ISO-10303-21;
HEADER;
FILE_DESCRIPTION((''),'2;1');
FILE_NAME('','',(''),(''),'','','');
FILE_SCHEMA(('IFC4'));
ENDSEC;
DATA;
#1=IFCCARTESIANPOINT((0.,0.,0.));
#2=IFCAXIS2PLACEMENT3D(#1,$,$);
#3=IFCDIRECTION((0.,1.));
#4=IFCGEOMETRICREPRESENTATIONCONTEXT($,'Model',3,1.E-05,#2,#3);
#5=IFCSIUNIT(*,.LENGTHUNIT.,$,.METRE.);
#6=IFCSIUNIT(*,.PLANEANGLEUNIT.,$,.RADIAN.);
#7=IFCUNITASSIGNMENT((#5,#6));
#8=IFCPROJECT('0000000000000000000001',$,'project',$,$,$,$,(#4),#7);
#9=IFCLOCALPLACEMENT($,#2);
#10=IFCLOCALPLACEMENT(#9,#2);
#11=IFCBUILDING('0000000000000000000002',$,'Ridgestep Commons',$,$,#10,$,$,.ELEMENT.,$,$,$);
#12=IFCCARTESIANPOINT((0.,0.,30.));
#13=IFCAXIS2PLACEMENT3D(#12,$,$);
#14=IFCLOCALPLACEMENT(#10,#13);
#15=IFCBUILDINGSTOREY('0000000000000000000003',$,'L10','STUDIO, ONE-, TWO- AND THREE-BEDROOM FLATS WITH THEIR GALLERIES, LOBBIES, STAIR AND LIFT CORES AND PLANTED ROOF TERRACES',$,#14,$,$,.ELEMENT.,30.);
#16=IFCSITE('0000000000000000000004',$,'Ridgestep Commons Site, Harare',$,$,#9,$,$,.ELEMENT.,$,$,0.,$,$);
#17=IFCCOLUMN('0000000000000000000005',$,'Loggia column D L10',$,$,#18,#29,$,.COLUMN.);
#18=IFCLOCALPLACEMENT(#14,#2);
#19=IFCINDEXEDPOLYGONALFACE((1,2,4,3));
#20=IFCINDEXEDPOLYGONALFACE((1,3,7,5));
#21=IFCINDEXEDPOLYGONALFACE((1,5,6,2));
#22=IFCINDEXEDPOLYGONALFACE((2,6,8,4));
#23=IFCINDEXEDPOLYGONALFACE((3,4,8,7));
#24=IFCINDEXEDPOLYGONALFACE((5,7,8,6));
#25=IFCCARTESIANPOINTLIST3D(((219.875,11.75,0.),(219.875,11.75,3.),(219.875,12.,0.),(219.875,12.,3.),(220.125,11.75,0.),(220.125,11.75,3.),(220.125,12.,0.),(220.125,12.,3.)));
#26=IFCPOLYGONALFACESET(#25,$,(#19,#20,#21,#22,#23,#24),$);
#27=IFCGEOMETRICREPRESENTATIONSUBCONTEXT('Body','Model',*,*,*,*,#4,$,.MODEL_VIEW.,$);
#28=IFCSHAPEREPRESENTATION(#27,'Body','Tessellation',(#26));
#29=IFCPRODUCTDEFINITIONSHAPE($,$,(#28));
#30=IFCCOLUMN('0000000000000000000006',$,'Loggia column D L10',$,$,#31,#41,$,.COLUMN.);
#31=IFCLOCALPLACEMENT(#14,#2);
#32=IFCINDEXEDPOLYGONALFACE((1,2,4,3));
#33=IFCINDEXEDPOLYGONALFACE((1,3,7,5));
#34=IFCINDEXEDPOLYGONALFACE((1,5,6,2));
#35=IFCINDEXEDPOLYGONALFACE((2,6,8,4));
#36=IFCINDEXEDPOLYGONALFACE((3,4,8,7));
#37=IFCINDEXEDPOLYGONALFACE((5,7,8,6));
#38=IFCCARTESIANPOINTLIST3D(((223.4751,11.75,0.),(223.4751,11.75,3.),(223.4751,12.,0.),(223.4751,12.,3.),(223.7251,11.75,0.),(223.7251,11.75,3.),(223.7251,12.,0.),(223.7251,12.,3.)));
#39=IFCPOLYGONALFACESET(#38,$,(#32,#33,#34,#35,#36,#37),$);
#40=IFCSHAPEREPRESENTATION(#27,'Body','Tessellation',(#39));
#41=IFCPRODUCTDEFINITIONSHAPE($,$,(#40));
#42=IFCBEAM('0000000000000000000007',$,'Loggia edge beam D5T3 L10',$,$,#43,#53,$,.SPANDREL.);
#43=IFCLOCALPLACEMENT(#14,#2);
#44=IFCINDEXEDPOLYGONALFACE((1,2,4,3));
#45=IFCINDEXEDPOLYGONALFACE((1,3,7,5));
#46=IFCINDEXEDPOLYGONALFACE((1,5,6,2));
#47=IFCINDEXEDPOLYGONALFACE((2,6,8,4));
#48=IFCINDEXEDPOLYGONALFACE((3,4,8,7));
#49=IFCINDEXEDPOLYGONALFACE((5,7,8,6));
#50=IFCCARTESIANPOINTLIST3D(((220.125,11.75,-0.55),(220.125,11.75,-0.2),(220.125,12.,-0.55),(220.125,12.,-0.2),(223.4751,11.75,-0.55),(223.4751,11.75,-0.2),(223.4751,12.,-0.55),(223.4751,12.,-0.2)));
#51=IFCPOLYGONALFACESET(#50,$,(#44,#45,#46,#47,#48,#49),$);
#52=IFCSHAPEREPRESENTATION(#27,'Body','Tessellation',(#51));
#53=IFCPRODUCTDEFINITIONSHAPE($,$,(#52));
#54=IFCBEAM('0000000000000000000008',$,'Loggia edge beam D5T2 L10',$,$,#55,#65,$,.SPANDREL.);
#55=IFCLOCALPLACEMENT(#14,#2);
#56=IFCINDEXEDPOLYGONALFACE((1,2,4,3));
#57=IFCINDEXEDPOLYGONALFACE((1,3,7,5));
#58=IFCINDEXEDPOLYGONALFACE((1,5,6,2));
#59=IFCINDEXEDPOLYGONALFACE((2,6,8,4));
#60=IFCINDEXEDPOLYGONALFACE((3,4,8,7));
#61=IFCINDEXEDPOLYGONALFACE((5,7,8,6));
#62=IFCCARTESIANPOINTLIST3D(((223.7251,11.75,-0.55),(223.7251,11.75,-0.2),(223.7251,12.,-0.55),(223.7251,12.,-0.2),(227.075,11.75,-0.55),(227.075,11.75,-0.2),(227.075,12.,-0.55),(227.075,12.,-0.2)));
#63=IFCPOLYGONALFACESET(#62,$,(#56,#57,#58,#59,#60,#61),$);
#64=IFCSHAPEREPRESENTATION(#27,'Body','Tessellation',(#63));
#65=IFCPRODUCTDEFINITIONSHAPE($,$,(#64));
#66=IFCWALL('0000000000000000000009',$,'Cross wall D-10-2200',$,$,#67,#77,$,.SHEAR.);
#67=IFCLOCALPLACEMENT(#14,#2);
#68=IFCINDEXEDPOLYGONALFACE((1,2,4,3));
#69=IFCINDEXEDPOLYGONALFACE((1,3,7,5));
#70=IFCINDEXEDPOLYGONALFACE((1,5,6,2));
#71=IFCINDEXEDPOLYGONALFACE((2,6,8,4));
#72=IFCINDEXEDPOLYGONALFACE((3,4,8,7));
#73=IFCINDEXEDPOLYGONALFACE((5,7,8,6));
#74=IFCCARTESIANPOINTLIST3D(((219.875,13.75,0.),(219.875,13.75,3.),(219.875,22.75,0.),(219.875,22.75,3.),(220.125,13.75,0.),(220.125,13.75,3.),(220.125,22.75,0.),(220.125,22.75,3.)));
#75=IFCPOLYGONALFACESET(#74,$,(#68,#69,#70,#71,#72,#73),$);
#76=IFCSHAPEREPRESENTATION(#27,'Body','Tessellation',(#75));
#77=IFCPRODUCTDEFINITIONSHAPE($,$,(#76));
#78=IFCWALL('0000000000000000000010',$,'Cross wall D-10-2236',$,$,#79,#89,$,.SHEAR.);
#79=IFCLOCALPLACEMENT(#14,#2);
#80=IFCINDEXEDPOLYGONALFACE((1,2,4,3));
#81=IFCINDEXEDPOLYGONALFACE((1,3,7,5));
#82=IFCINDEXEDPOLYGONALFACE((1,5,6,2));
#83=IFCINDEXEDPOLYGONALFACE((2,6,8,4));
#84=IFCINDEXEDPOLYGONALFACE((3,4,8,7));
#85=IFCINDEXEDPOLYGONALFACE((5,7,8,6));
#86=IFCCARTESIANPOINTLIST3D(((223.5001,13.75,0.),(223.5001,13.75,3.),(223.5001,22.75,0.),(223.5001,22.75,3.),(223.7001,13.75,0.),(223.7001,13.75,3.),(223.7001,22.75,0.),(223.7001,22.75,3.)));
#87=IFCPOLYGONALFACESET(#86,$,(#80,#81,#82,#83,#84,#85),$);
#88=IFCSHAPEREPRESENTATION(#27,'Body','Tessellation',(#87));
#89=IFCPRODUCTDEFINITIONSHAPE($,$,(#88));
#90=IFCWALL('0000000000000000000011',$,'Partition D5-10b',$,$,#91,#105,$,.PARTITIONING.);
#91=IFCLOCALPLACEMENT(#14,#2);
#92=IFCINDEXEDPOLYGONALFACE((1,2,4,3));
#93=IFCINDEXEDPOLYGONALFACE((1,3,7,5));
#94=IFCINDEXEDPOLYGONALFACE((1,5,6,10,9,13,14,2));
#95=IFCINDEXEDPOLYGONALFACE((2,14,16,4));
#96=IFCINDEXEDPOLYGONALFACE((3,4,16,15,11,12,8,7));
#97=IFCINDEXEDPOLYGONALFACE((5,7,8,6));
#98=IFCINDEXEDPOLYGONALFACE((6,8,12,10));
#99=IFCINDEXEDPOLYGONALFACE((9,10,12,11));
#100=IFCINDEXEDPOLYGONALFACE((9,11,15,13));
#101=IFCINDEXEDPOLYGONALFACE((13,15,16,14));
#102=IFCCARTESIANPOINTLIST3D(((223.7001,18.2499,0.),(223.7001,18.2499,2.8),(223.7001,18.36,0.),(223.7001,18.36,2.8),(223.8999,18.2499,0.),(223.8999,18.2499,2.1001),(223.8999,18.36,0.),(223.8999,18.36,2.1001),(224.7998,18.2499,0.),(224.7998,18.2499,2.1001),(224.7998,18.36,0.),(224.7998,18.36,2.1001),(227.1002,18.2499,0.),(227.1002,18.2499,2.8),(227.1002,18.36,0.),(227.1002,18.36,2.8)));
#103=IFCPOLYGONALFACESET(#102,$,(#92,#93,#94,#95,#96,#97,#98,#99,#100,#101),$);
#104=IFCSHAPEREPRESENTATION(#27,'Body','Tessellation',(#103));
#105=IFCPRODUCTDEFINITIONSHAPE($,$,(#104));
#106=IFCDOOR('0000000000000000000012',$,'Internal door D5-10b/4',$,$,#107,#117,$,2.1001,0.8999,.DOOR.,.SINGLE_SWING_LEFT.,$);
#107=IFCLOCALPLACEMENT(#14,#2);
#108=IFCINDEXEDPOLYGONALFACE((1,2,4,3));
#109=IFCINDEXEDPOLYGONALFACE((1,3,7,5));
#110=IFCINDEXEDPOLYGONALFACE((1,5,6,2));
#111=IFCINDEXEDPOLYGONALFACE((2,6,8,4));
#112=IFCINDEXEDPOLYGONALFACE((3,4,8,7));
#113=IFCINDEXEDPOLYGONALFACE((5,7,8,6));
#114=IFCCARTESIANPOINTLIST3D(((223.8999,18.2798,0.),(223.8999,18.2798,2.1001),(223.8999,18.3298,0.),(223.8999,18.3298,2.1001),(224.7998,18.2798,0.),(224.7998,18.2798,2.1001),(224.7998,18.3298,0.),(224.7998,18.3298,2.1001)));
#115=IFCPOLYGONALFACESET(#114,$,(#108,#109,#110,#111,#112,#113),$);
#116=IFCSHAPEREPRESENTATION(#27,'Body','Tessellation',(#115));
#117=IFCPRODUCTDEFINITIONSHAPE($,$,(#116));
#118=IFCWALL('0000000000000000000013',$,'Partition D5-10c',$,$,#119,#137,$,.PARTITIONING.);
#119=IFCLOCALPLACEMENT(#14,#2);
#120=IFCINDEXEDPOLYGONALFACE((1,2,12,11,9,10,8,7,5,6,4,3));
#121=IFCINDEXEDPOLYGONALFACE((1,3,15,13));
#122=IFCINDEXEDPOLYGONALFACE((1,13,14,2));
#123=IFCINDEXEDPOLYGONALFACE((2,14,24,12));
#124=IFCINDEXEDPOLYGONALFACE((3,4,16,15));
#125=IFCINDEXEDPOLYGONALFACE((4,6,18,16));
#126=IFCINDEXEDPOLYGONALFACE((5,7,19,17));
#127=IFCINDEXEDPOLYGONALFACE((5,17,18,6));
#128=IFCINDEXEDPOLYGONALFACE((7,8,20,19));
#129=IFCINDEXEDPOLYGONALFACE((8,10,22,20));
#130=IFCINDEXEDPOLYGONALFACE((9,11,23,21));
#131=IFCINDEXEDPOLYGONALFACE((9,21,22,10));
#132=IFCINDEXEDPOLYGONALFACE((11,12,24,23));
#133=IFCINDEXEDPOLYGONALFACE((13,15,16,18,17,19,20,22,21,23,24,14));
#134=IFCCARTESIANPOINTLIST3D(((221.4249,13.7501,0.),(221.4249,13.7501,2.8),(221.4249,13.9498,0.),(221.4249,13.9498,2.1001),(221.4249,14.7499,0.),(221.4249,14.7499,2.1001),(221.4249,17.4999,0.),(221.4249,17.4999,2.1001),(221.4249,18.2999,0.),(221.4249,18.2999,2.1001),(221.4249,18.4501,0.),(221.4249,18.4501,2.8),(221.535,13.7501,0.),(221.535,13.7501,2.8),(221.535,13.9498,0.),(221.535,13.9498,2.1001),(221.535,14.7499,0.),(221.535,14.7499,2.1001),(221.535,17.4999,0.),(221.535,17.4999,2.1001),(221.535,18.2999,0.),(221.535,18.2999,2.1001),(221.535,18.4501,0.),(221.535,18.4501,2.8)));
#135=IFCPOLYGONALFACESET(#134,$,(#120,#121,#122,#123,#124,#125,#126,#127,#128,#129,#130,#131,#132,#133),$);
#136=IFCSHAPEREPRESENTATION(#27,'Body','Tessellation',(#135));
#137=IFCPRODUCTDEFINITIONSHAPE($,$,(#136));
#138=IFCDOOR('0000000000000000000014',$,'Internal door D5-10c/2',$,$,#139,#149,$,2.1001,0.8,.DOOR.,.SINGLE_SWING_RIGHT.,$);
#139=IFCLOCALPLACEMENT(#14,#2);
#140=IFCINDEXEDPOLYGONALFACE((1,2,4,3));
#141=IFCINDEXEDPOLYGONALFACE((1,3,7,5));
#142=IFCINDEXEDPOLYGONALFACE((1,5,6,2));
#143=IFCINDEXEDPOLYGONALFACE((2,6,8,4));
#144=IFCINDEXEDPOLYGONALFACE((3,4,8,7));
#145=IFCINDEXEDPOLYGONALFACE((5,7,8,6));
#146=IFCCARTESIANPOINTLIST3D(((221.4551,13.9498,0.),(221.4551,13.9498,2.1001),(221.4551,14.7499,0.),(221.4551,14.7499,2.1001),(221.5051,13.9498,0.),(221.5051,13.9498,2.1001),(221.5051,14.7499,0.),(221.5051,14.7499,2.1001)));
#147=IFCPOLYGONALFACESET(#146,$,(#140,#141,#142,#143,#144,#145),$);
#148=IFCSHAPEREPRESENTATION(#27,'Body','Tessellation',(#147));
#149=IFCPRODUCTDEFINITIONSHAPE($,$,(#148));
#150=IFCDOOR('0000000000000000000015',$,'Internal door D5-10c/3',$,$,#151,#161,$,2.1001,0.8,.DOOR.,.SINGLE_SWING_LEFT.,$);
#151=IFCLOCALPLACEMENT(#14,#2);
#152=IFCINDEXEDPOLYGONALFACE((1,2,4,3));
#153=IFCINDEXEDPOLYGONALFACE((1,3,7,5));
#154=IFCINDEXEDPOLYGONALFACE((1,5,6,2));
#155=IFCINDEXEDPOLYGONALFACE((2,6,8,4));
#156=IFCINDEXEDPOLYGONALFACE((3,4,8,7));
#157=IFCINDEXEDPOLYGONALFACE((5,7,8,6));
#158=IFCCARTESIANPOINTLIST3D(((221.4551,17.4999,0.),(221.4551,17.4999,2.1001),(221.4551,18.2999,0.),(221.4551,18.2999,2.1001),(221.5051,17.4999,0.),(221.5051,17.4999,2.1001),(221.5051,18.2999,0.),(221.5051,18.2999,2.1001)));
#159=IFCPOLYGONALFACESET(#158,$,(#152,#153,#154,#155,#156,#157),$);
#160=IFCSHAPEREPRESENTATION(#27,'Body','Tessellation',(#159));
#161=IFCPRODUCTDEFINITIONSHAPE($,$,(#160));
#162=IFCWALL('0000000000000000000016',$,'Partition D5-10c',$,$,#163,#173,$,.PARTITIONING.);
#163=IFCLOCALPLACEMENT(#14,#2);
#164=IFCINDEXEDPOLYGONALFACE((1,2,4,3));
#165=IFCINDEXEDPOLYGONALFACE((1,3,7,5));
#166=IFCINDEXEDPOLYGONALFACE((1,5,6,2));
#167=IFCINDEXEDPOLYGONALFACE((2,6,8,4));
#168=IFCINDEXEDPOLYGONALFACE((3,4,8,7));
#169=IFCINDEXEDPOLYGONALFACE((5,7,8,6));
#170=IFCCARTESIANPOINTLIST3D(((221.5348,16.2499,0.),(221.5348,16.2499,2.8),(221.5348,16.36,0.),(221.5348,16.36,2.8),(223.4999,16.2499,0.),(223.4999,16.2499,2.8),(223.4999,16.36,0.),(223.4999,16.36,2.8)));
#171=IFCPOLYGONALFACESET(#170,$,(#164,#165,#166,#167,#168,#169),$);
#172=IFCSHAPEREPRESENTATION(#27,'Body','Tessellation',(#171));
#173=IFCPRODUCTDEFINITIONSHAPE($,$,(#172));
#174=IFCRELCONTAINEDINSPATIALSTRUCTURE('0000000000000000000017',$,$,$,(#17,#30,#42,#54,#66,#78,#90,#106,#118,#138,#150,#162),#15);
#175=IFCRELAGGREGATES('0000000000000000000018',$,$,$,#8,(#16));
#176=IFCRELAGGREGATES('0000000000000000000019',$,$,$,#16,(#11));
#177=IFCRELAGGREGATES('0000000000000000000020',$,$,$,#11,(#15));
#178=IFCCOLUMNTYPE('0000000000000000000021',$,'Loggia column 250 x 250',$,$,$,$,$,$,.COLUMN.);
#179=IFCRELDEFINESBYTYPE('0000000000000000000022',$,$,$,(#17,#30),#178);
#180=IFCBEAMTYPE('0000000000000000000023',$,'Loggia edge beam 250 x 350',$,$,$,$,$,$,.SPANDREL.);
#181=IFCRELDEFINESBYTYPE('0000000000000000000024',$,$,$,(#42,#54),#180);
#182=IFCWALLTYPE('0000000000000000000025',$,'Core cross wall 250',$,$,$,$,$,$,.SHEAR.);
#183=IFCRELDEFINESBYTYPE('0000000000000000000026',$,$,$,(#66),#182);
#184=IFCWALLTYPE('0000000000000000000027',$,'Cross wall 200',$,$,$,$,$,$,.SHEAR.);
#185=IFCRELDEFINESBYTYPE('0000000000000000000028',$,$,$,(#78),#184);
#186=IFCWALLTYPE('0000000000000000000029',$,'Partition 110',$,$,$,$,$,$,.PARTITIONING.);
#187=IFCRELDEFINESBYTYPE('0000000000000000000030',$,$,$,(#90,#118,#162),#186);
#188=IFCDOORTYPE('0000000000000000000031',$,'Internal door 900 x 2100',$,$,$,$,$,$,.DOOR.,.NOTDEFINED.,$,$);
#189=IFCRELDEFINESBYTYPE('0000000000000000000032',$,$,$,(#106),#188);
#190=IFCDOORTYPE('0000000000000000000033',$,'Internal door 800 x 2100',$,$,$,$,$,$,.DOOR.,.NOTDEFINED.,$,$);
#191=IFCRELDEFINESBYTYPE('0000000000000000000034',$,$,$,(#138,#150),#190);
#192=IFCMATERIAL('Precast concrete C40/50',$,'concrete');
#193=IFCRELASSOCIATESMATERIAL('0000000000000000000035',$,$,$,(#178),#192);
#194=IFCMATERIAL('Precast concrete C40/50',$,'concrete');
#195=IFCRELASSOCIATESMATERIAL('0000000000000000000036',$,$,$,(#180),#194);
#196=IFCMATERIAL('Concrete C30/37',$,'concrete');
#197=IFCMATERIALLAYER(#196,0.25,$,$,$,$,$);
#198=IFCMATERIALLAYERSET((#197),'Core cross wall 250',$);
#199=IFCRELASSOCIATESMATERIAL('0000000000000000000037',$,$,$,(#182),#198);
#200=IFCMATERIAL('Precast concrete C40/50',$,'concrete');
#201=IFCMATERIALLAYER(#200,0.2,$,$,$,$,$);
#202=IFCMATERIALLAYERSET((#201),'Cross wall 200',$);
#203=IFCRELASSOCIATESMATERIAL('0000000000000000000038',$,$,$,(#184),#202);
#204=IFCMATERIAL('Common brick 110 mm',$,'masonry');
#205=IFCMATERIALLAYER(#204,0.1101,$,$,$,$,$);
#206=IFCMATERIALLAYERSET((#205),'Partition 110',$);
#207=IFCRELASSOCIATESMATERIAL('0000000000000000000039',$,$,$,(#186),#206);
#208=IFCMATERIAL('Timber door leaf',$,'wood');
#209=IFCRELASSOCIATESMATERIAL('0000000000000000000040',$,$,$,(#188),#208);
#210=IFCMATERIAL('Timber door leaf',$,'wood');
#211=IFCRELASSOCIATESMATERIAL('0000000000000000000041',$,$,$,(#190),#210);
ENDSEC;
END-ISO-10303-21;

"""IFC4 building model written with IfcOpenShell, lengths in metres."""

from ifc_helpers import new_model, si_unit, direction, frame, frame_2d, origin, origin_2d, place, context, subcontext, project, spatial, rectangle, extrude, material, layer, layer_set, material_profile, profile_set, type_object, element, fill, save


model = new_model("IFC4")

# Units and contexts
model_context = context("Model", 3, precision=1e-05, world=origin(), true_north=direction((0.0, 1.0)))
body_context = subcontext(model_context, "Body", "Model", "MODEL_VIEW")
ifc_project = project(units=[si_unit("LENGTHUNIT", "METRE"), si_unit("PLANEANGLEUNIT", "RADIAN")], contexts=[model_context])

# Site, building, storey
site_placement = place(None, origin())
site = spatial("IfcSite", under=ifc_project, at=site_placement, Name="Ridgestep Commons Site, Harare", CompositionType="ELEMENT", RefElevation=0.0)
building_placement = place(site_placement, origin())
building = spatial("IfcBuilding", under=site, at=building_placement, Name="Ridgestep Commons", CompositionType="ELEMENT")
storey_placement = place(building_placement, frame((0.0, 0.0, 30.0)))
storey = spatial("IfcBuildingStorey", under=building, at=storey_placement, Name="L10", Description="STUDIO, ONE-, TWO- AND THREE-BEDROOM FLATS WITH THEIR GALLERIES, LOBBIES, STAIR AND LIFT CORES AND PLANTED ROOF TERRACES", CompositionType="ELEMENT", Elevation=30.0)

# Columns
ifc_material_1 = material(Name="Precast concrete C40/50", Category="concrete")
ifc_material_profile_1 = material_profile(ifc_material_1, rectangle(XDim=0.25, YDim=0.25, at=origin_2d()), Name="PC 250x250")
ifc_profile_set_1 = profile_set([ifc_material_profile_1], Name="Precast concrete C40/50")
column_type = type_object("IfcColumnType", Name="Loggia column 250 x 250", PredefinedType="COLUMN", material=ifc_profile_set_1)
for number, where, z_axis, x_axis, name in (
    (1, (220.0, 11.875, 0.0), (0.0, 0.0, 1.0), (1.0, 0.0, 0.0), "Loggia column D L10"),
    (2, (223.6001, 11.875, 0.0), (0.0, 0.0, 1.0), (1.0, 0.0, 0.0), "Loggia column D L10"),
):
    element("IfcColumn", number, at=place(storey_placement, frame(where, z_axis=z_axis, x_axis=x_axis)), inside=storey, type_object=column_type, Name=name, PredefinedType="COLUMN", context=body_context, shape_type="SweptSolid", body=[
        extrude(rectangle(XDim=0.25, YDim=0.25, at=origin_2d()), origin(), (0.0, 0.0, 1.0), 3.0),
    ])

# Beams
ifc_material_2 = material(Name="Precast concrete C40/50", Category="concrete")
ifc_material_profile_2 = material_profile(ifc_material_2, rectangle(XDim=0.25, YDim=0.3501, at=origin_2d()), Name="PC 250x350")
ifc_profile_set_2 = profile_set([ifc_material_profile_2], Name="Precast concrete C40/50")
beam_type = type_object("IfcBeamType", Name="Loggia edge beam 250 x 350", PredefinedType="SPANDREL", material=ifc_profile_set_2)
beam_1_placement = place(storey_placement, frame((220.125, 11.875, -0.375), z_axis=(1.0, 0.0, 0.0), x_axis=(0.0, 1.0, 0.0)))
element("IfcBeam", 3, at=beam_1_placement, inside=storey, type_object=beam_type, Name="Loggia edge beam D5T3 L10", PredefinedType="SPANDREL", context=body_context, shape_type="SweptSolid", body=[
    extrude(rectangle(XDim=0.25, YDim=0.3501, at=origin_2d()), origin(), (0.0, 0.0, 1.0), 3.3501),
])
beam_2_placement = place(storey_placement, frame((223.7251, 11.875, -0.375), z_axis=(1.0, 0.0, 0.0), x_axis=(0.0, 1.0, 0.0)))
element("IfcBeam", 4, at=beam_2_placement, inside=storey, type_object=beam_type, Name="Loggia edge beam D5T2 L10", PredefinedType="SPANDREL", context=body_context, shape_type="SweptSolid", body=[
    extrude(rectangle(XDim=0.25, YDim=0.3501, at=origin_2d()), origin(), (0.0, 0.0, 1.0), 3.3499),
])

# Walls
ifc_material_3 = material(Name="Concrete C30/37", Category="concrete")
ifc_layer_1 = layer(ifc_material_3, 0.25)
ifc_layer_set_1 = layer_set([ifc_layer_1], Name="Core cross wall 250")
wall_type_1 = type_object("IfcWallType", Name="Core cross wall 250", PredefinedType="SHEAR", material=ifc_layer_set_1)
wall_1_placement = place(storey_placement, frame((220.0, 13.75, 0.0), z_axis=(0.0, 0.0, 1.0), x_axis=(0.0, 1.0, 0.0)))
element("IfcWall", 5, at=wall_1_placement, inside=storey, type_object=wall_type_1, Name="Cross wall D-10-2200", PredefinedType="SHEAR", context=body_context, shape_type="SweptSolid", body=[
    extrude(rectangle(XDim=9.0, YDim=0.25, at=frame_2d((4.5, 0.0))), origin(), (0.0, 0.0, 1.0), 3.0),
])
ifc_material_4 = material(Name="Precast concrete C40/50", Category="concrete")
ifc_layer_2 = layer(ifc_material_4, 0.2)
ifc_layer_set_2 = layer_set([ifc_layer_2], Name="Cross wall 200")
wall_type_2 = type_object("IfcWallType", Name="Cross wall 200", PredefinedType="SHEAR", material=ifc_layer_set_2)
wall_2_placement = place(storey_placement, frame((223.6001, 13.75, 0.0), z_axis=(0.0, 0.0, 1.0), x_axis=(0.0, 1.0, 0.0)))
element("IfcWall", 6, at=wall_2_placement, inside=storey, type_object=wall_type_2, Name="Cross wall D-10-2236", PredefinedType="SHEAR", context=body_context, shape_type="SweptSolid", body=[
    extrude(rectangle(XDim=9.0, YDim=0.2, at=frame_2d((4.5, 0.0))), origin(), (0.0, 0.0, 1.0), 3.0),
])

# Wall, opening, door
ifc_material_5 = material(Name="Common brick 110 mm", Category="masonry")
ifc_layer_3 = layer(ifc_material_5, 0.1101)
ifc_layer_set_3 = layer_set([ifc_layer_3], Name="Partition 110")
wall_type_3 = type_object("IfcWallType", Name="Partition 110", PredefinedType="PARTITIONING", material=ifc_layer_set_3)
wall_3_placement = place(storey_placement, frame((223.7, 18.3049, 0.0), z_axis=(0.0, 0.0, 1.0), x_axis=(1.0, 0.0, 0.0)))
wall_3 = element("IfcWall", 7, at=wall_3_placement, inside=storey, type_object=wall_type_3, Name="Partition D5-10b", PredefinedType="PARTITIONING", context=body_context, shape_type="SweptSolid", body=[
    extrude(rectangle(XDim=3.4001, YDim=0.1101, at=frame_2d((1.7002, 0.0))), origin(), (0.0, 0.0, 1.0), 2.8),
])
opening_1_placement = place(wall_3_placement, frame((0.2, 0.0, 0.0)))
opening_1 = element("IfcOpeningElement", 8, at=opening_1_placement, cuts=wall_3, PredefinedType="OPENING", context=body_context, shape_type="SweptSolid", body=[
    extrude(rectangle(XDim=0.8999, YDim=2.1001, at=frame_2d((0.45, 1.05))), frame((0.0, 0.0649, 0.0), z_axis=(0.0, -1.0, 0.0), x_axis=(1.0, 0.0, 0.0)), (0.0, 0.0, 1.0), 0.1301),
])
ifc_material_6 = material(Name="Timber door leaf", Category="wood")
door_type_1 = type_object("IfcDoorType", Name="Internal door 900 x 2100", OperationType="NOTDEFINED", PredefinedType="DOOR", material=ifc_material_6)
door_1_placement = place(opening_1_placement, origin())
door_1 = element("IfcDoor", 9, at=door_1_placement, inside=storey, type_object=door_type_1, Name="Internal door D5-10b/4", OperationType="SINGLE_SWING_LEFT", OverallHeight=2.1001, OverallWidth=0.8999, PredefinedType="DOOR", context=body_context, shape_type="SweptSolid", body=[
    extrude(rectangle(XDim=0.8999, YDim=2.1001, at=frame_2d((0.45, 1.05))), frame((0.0, 0.0249, 0.0), z_axis=(0.0, -1.0, 0.0), x_axis=(1.0, 0.0, 0.0)), (0.0, 0.0, 1.0), 0.05),
])
fill(opening_1, door_1)

# Wall, openings, doors
wall_4_placement = place(storey_placement, frame((221.48, 13.75, 0.0), z_axis=(0.0, 0.0, 1.0), x_axis=(0.0, 1.0, 0.0)))
wall_4 = element("IfcWall", 10, at=wall_4_placement, inside=storey, type_object=wall_type_3, Name="Partition D5-10c", PredefinedType="PARTITIONING", context=body_context, shape_type="SweptSolid", body=[
    extrude(rectangle(XDim=4.7, YDim=0.1101, at=frame_2d((2.3501, 0.0))), origin(), (0.0, 0.0, 1.0), 2.8),
])
opening_2_placement = place(wall_4_placement, frame((0.2, 0.0, 0.0)))
opening_2 = element("IfcOpeningElement", 11, at=opening_2_placement, cuts=wall_4, PredefinedType="OPENING", context=body_context, shape_type="SweptSolid", body=[
    extrude(rectangle(XDim=0.8, YDim=2.1001, at=frame_2d((0.3999, 1.05))), frame((0.0, 0.0649, 0.0), z_axis=(0.0, -1.0, 0.0), x_axis=(1.0, 0.0, 0.0)), (0.0, 0.0, 1.0), 0.1301),
])
opening_3_placement = place(wall_4_placement, frame((3.75, 0.0, 0.0)))
opening_3 = element("IfcOpeningElement", 12, at=opening_3_placement, cuts=wall_4, PredefinedType="OPENING", context=body_context, shape_type="SweptSolid", body=[
    extrude(rectangle(XDim=0.8, YDim=2.1001, at=frame_2d((0.3999, 1.05))), frame((0.0, 0.0649, 0.0), z_axis=(0.0, -1.0, 0.0), x_axis=(1.0, 0.0, 0.0)), (0.0, 0.0, 1.0), 0.1301),
])
ifc_material_7 = material(Name="Timber door leaf", Category="wood")
door_type_2 = type_object("IfcDoorType", Name="Internal door 800 x 2100", OperationType="NOTDEFINED", PredefinedType="DOOR", material=ifc_material_7)
door_2_placement = place(opening_2_placement, origin())
door_2 = element("IfcDoor", 13, at=door_2_placement, inside=storey, type_object=door_type_2, Name="Internal door D5-10c/2", OperationType="SINGLE_SWING_RIGHT", OverallHeight=2.1001, OverallWidth=0.8, PredefinedType="DOOR", context=body_context, shape_type="SweptSolid", body=[
    extrude(rectangle(XDim=0.8, YDim=2.1001, at=frame_2d((0.3999, 1.05))), frame((0.0, 0.0249, 0.0), z_axis=(0.0, -1.0, 0.0), x_axis=(1.0, 0.0, 0.0)), (0.0, 0.0, 1.0), 0.05),
])
fill(opening_2, door_2)
door_3_placement = place(opening_3_placement, origin())
door_3 = element("IfcDoor", 14, at=door_3_placement, inside=storey, type_object=door_type_2, Name="Internal door D5-10c/3", OperationType="SINGLE_SWING_LEFT", OverallHeight=2.1001, OverallWidth=0.8, PredefinedType="DOOR", context=body_context, shape_type="SweptSolid", body=[
    extrude(rectangle(XDim=0.8, YDim=2.1001, at=frame_2d((0.3999, 1.05))), frame((0.0, 0.0249, 0.0), z_axis=(0.0, -1.0, 0.0), x_axis=(1.0, 0.0, 0.0)), (0.0, 0.0, 1.0), 0.05),
])
fill(opening_3, door_3)

# Wall
wall_5_placement = place(storey_placement, frame((221.5349, 16.3049, 0.0), z_axis=(0.0, 0.0, 1.0), x_axis=(1.0, 0.0, 0.0)))
element("IfcWall", 15, at=wall_5_placement, inside=storey, type_object=wall_type_3, Name="Partition D5-10c", PredefinedType="PARTITIONING", context=body_context, shape_type="SweptSolid", body=[
    extrude(rectangle(XDim=1.9651, YDim=0.1101, at=frame_2d((0.9824, 0.0))), origin(), (0.0, 0.0, 1.0), 2.8),
])

save(model, "model.ifc")
